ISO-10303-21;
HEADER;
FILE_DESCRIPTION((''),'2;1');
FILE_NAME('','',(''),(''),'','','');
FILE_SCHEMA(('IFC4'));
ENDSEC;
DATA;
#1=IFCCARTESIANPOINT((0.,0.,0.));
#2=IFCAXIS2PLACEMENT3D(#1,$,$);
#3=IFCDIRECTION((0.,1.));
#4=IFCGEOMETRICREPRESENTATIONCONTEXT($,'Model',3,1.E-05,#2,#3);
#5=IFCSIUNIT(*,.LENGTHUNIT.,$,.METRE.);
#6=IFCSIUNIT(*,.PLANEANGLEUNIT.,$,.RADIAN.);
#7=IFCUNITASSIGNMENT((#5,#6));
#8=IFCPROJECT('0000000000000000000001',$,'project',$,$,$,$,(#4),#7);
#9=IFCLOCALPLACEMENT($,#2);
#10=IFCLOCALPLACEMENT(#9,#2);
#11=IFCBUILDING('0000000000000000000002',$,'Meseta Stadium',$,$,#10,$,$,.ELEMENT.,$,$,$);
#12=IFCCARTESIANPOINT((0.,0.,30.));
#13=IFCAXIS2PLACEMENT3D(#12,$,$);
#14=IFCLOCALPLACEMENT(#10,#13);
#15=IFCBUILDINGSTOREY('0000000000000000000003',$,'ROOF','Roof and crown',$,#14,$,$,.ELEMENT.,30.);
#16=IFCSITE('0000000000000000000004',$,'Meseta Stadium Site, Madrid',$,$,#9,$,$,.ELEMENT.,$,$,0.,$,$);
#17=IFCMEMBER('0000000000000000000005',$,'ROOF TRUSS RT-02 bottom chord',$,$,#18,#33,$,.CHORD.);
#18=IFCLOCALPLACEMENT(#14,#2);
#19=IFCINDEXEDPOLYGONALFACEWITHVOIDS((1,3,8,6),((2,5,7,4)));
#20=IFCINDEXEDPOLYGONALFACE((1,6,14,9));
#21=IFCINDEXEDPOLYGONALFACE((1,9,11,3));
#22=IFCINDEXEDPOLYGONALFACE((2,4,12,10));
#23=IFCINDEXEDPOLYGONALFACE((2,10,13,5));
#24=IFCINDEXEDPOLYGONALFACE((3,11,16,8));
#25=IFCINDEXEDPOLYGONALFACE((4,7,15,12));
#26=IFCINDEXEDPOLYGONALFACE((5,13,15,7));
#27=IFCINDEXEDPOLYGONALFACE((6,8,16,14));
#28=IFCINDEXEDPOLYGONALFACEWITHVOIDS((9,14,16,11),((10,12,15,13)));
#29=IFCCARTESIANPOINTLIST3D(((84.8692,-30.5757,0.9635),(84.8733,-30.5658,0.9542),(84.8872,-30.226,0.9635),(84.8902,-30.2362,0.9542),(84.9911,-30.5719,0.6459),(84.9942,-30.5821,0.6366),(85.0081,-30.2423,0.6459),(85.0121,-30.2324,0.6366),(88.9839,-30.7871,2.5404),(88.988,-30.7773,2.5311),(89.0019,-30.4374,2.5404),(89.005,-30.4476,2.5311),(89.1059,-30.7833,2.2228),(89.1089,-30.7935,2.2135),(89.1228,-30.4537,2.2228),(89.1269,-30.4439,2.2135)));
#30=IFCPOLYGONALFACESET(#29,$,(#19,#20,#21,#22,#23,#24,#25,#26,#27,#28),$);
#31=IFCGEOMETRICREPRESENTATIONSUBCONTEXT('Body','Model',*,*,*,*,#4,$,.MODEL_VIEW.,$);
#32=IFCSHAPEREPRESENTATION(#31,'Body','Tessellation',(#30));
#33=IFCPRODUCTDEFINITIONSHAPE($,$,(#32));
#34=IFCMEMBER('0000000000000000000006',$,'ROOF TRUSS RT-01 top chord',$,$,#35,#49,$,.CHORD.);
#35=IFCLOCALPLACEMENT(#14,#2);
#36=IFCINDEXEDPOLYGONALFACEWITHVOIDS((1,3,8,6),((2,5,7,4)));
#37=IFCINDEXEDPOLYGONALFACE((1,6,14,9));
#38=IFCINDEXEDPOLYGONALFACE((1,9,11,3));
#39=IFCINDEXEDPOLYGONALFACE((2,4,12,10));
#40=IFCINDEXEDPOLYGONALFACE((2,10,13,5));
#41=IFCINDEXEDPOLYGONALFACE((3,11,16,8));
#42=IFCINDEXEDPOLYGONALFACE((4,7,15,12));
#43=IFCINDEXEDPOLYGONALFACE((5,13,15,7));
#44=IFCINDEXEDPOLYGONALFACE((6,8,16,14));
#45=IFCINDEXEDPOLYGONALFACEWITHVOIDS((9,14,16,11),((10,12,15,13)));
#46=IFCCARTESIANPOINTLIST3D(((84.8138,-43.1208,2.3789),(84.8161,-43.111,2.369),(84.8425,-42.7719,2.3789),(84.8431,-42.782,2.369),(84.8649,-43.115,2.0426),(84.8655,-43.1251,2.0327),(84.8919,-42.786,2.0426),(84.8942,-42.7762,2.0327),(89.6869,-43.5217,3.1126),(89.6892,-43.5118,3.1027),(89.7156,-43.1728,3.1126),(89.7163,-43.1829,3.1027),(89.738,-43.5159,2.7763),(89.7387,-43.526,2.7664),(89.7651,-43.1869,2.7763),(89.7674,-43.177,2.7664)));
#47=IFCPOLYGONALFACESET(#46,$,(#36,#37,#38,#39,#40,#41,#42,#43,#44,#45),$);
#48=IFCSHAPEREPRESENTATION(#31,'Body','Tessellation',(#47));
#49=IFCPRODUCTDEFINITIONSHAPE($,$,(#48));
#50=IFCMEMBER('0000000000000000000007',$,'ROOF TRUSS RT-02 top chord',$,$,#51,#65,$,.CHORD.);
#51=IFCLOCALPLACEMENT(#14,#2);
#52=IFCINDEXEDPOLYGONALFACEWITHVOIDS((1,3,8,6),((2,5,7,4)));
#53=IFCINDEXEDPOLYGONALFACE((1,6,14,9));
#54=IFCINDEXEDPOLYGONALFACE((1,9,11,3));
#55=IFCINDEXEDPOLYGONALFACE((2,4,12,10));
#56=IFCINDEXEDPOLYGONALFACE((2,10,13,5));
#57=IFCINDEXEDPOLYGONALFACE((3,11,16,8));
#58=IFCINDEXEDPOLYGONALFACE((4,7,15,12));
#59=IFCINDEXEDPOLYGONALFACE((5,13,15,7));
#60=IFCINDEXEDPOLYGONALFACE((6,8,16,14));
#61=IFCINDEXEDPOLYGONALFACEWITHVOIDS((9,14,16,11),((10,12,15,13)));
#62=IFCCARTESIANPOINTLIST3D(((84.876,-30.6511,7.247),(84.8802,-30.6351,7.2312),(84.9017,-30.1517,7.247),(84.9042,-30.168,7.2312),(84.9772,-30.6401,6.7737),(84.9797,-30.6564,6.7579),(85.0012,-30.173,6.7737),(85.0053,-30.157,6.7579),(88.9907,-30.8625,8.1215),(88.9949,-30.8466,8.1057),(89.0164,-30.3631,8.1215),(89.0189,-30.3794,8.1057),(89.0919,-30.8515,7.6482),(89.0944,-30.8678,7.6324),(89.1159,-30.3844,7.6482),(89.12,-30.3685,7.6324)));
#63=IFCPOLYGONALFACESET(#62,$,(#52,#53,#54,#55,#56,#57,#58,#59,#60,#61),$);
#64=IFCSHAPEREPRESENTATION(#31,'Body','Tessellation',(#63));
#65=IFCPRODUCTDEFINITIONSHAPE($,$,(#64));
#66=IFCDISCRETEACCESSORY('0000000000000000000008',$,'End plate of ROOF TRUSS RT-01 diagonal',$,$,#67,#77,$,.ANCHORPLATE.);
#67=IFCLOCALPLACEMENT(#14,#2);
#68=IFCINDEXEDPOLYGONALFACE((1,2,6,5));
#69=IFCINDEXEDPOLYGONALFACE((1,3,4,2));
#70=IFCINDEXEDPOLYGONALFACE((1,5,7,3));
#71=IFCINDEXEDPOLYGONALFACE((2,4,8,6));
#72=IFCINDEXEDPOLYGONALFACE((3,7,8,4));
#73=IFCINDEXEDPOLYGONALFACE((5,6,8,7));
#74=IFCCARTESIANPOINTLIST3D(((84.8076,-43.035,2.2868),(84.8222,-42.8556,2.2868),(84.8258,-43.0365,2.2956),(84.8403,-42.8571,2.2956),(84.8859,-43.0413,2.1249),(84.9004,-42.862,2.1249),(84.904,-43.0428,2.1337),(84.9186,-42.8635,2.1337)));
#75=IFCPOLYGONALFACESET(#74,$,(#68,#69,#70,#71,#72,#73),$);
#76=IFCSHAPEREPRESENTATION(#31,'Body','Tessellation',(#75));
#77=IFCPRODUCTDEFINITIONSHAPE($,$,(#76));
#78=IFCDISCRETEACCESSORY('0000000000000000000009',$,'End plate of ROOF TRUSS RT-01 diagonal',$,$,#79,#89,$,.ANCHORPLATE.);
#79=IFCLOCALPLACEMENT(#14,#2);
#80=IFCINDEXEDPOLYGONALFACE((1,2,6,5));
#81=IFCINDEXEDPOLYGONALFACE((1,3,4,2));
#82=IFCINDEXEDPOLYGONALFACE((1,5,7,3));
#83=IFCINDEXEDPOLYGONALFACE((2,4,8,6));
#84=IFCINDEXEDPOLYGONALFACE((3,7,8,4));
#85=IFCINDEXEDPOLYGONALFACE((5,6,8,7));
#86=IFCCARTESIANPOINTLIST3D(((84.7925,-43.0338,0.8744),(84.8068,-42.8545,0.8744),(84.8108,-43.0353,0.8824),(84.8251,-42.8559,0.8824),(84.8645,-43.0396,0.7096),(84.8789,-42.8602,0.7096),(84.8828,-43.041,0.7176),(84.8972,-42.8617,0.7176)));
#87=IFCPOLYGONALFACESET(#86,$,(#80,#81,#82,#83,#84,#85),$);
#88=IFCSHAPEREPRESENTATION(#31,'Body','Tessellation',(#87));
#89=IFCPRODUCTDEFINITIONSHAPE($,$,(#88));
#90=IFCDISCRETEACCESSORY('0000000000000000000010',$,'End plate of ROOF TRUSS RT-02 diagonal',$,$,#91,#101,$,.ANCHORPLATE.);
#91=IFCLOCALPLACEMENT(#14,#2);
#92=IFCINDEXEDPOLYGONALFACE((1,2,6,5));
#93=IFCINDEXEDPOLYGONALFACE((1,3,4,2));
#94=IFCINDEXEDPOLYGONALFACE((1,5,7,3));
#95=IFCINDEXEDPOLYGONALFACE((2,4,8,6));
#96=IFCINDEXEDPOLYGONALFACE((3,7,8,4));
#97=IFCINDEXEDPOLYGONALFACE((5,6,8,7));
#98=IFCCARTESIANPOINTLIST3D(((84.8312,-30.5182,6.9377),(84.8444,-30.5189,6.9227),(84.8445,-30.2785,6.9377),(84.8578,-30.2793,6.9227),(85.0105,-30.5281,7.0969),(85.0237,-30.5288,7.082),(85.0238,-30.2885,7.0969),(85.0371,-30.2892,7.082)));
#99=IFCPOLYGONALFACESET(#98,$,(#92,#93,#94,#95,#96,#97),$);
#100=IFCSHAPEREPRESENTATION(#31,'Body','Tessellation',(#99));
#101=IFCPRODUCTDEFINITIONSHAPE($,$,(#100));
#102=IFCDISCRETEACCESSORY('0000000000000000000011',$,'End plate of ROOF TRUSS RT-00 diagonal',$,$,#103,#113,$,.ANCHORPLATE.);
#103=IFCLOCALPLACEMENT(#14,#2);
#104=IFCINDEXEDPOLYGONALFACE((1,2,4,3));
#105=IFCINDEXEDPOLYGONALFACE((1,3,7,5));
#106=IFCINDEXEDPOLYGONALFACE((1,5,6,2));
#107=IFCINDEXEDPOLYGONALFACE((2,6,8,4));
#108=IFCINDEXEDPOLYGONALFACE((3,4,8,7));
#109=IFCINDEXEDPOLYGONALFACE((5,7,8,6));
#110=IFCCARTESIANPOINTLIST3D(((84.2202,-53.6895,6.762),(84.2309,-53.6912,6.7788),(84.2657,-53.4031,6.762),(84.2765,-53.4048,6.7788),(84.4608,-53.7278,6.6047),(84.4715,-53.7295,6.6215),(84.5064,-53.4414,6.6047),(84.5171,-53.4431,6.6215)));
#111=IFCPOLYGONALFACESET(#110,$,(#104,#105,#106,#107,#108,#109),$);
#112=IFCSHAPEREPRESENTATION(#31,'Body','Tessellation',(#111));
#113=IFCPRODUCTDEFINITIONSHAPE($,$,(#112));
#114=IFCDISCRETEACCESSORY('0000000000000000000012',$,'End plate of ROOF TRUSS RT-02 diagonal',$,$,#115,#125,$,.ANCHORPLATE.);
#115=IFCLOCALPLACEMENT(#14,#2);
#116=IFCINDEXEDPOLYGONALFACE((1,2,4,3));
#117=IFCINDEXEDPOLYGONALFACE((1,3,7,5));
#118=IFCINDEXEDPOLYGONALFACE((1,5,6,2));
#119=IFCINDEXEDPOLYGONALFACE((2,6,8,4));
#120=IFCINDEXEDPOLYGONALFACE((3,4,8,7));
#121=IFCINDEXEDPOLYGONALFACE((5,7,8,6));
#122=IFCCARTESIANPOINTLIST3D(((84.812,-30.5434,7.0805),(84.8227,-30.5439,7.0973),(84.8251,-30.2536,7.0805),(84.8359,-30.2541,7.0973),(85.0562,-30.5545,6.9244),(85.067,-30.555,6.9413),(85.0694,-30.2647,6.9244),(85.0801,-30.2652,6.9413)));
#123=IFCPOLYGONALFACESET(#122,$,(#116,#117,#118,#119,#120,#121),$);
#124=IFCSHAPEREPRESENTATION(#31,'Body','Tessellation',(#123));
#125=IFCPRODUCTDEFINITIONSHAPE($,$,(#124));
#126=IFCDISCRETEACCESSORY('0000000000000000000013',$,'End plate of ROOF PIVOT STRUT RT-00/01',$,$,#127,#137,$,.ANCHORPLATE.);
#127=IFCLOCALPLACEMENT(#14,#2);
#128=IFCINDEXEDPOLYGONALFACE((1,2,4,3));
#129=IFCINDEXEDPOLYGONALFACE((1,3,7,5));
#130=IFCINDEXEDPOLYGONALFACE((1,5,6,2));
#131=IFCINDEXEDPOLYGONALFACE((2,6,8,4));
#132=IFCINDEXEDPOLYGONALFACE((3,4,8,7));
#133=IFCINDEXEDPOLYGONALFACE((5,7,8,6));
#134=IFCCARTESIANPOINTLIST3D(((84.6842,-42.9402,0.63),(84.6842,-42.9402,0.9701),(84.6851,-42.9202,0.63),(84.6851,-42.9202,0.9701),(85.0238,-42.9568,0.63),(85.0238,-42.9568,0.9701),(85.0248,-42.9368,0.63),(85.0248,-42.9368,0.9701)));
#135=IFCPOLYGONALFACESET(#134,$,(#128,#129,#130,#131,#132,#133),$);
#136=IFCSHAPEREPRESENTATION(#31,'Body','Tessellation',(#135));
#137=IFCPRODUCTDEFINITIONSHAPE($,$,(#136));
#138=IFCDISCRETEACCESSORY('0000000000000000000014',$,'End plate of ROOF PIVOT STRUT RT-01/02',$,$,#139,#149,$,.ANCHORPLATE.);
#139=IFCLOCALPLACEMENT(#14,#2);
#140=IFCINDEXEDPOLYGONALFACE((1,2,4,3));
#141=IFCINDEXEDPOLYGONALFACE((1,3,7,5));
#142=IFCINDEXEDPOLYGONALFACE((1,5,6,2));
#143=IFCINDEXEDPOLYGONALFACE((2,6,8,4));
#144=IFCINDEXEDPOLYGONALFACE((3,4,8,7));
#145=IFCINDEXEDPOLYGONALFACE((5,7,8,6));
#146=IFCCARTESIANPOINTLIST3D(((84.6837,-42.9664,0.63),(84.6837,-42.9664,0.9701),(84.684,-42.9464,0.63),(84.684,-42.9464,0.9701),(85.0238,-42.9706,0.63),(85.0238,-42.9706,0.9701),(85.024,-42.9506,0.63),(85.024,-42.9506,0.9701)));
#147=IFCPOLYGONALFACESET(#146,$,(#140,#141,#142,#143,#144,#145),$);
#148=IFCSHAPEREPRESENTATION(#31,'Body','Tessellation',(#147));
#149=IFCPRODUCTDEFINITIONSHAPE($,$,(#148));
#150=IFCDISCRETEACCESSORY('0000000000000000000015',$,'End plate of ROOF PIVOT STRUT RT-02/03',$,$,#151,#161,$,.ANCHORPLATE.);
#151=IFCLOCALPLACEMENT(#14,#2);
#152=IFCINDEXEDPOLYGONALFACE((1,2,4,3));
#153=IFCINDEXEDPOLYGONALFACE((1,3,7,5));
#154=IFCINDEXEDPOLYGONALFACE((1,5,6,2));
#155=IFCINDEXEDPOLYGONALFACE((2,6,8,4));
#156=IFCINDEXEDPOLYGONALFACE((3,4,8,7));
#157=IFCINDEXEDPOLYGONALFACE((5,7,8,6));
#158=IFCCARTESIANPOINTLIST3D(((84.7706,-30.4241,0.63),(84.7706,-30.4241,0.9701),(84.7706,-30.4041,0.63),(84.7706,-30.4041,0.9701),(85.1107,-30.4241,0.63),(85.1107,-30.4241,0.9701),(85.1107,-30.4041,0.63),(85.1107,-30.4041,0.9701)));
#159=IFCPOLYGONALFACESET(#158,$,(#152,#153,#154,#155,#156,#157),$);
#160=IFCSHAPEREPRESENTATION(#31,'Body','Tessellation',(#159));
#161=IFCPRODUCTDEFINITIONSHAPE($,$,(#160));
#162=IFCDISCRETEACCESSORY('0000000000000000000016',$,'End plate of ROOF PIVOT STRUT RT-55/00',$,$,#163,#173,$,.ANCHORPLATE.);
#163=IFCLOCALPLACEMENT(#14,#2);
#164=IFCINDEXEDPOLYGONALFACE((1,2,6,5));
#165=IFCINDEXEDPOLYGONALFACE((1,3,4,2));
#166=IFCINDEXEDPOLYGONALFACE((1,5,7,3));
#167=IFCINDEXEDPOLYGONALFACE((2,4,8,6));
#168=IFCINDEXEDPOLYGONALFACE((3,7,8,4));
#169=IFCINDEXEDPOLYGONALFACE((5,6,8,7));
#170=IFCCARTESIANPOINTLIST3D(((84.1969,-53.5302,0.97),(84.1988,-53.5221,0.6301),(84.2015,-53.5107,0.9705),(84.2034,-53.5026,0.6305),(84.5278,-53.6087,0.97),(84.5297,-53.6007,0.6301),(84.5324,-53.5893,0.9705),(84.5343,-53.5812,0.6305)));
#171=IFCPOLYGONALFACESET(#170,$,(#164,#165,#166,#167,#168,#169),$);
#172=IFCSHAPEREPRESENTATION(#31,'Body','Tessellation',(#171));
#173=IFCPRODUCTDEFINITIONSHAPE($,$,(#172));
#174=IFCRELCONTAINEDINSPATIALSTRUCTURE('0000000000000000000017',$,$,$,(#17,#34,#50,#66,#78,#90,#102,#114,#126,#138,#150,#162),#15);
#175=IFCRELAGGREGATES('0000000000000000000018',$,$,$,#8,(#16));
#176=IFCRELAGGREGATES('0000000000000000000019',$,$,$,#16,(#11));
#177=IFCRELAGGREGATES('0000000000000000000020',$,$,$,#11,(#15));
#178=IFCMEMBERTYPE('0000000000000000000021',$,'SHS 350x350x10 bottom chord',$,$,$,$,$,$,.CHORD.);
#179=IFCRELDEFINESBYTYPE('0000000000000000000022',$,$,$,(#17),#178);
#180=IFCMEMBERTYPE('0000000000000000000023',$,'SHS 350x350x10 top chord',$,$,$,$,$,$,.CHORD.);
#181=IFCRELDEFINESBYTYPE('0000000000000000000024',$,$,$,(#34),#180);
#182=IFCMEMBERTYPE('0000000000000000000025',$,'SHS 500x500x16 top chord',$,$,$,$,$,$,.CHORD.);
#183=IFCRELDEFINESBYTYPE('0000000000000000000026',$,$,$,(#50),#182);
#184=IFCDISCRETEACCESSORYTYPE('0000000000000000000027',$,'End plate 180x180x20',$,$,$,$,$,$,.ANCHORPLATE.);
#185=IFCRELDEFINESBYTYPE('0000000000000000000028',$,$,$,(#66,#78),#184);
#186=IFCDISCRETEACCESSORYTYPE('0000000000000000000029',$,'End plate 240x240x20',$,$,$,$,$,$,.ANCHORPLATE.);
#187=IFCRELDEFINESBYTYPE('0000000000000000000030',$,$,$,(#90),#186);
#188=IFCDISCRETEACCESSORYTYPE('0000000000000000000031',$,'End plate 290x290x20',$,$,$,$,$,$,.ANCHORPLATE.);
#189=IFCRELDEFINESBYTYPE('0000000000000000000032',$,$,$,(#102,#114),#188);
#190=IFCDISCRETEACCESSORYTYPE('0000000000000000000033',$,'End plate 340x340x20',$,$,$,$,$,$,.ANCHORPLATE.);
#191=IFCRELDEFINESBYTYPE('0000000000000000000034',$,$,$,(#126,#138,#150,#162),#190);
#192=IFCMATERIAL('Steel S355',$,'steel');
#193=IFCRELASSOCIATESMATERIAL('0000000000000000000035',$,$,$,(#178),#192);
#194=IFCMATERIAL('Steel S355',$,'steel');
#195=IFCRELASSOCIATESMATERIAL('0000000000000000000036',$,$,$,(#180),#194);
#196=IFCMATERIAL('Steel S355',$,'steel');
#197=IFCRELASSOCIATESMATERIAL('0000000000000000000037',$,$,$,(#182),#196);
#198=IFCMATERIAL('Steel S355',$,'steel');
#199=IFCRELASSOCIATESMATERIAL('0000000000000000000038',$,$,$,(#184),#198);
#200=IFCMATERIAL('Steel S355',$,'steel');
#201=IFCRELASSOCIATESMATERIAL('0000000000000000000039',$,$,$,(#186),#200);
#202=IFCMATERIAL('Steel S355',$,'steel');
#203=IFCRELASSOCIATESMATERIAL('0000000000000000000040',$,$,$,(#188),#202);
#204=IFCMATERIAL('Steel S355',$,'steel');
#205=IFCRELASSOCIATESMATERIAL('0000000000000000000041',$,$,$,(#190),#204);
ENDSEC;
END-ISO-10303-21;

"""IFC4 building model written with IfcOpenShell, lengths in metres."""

from ifc_helpers import new_model, si_unit, direction, frame, origin, origin_2d, place, context, subcontext, project, spatial, rectangle, hollow_rectangle, extrude, material, material_profile, profile_set, type_object, element, save


model = new_model("IFC4")

# Units and contexts
model_context = context("Model", 3, precision=1e-05, world=origin(), true_north=direction((0.0, 1.0)))
body_context = subcontext(model_context, "Body", "Model", "MODEL_VIEW")
ifc_project = project(units=[si_unit("LENGTHUNIT", "METRE"), si_unit("PLANEANGLEUNIT", "RADIAN")], contexts=[model_context])

# Site, building, storey
site_placement = place(None, origin())
site = spatial("IfcSite", under=ifc_project, at=site_placement, Name="Meseta Stadium Site, Madrid", CompositionType="ELEMENT", RefElevation=0.0)
building_placement = place(site_placement, origin())
building = spatial("IfcBuilding", under=site, at=building_placement, Name="Meseta Stadium", CompositionType="ELEMENT")
storey_placement = place(building_placement, frame((0.0, 0.0, 30.0)))
storey = spatial("IfcBuildingStorey", under=building, at=storey_placement, Name="ROOF", Description="Roof and crown", CompositionType="ELEMENT", Elevation=30.0)

# Members
ifc_material_1 = material(Name="Steel S355", Category="steel")
ifc_material_profile_1 = material_profile(ifc_material_1, hollow_rectangle(XDim=0.3501, YDim=0.3501, WallThickness=0.01, at=origin_2d()), Name="SHS 350x350x10")
ifc_profile_set_1 = profile_set([ifc_material_profile_1], Name="Steel S355")
member_type_1 = type_object("IfcMemberType", Name="SHS 350x350x10 bottom chord", PredefinedType="CHORD", material=ifc_profile_set_1)
member_1_placement = place(storey_placement, frame((84.9407, -30.4041, 0.8), z_axis=(0.932705, -0.047925, 0.357443), x_axis=(0.051315, 0.998683, 0.0)))
element("IfcMember", 1, at=member_1_placement, inside=storey, type_object=member_type_1, Name="ROOF TRUSS RT-02 bottom chord", PredefinedType="CHORD", context=body_context, shape_type="SweptSolid", body=[
    extrude(hollow_rectangle(XDim=0.3501, YDim=0.3501, WallThickness=0.01, at=origin_2d()), origin(), (0.0, 0.0, 1.0), 4.4116),
])
ifc_material_2 = material(Name="Steel S355", Category="steel")
ifc_material_profile_2 = material_profile(ifc_material_2, hollow_rectangle(XDim=0.3501, YDim=0.3501, WallThickness=0.01, at=origin_2d()), Name="SHS 350x350x10")
ifc_profile_set_2 = profile_set([ifc_material_profile_2], Name="Steel S355")
member_type_2 = type_object("IfcMemberType", Name="SHS 350x350x10 top chord", PredefinedType="CHORD", material=ifc_profile_set_2)
member_2_placement = place(storey_placement, frame((84.854, -42.9485, 2.2058), z_axis=(0.985601, -0.08108, 0.148383), x_axis=(0.081988, 0.996633, 0.0)))
element("IfcMember", 2, at=member_2_placement, inside=storey, type_object=member_type_2, Name="ROOF TRUSS RT-01 top chord", PredefinedType="CHORD", context=body_context, shape_type="SweptSolid", body=[
    extrude(hollow_rectangle(XDim=0.3501, YDim=0.3501, WallThickness=0.01, at=origin_2d()), origin(), (0.0, 0.0, 1.0), 4.9443),
])
ifc_material_3 = material(Name="Steel S355", Category="steel")
ifc_material_profile_3 = material_profile(ifc_material_3, hollow_rectangle(XDim=0.5, YDim=0.5, WallThickness=0.0161, at=origin_2d()), Name="SHS 500x500x16")
ifc_profile_set_3 = profile_set([ifc_material_profile_3], Name="Steel S355")
member_type_3 = type_object("IfcMemberType", Name="SHS 500x500x16 top chord", PredefinedType="CHORD", material=ifc_profile_set_3)
member_3_placement = place(storey_placement, frame((84.9407, -30.4041, 7.0024), z_axis=(0.97692, -0.050197, 0.207626), x_axis=(0.051315, 0.998683, 0.0)))
element("IfcMember", 3, at=member_3_placement, inside=storey, type_object=member_type_3, Name="ROOF TRUSS RT-02 top chord", PredefinedType="CHORD", context=body_context, shape_type="SweptSolid", body=[
    extrude(hollow_rectangle(XDim=0.5, YDim=0.5, WallThickness=0.0161, at=origin_2d()), origin(), (0.0, 0.0, 1.0), 4.2119),
])

# Discrete accessories
ifc_material_4 = material(Name="Steel S355", Category="steel")
ifc_material_profile_4 = material_profile(ifc_material_4, rectangle(XDim=0.1799, YDim=0.1799, at=origin_2d()), Name="PL 180x180")
ifc_profile_set_4 = profile_set([ifc_material_profile_4], Name="Steel S355")
discrete_accessory_type_1 = type_object("IfcDiscreteAccessoryType", Name="End plate 180x180x20", PredefinedType="ANCHORPLATE", material=ifc_profile_set_4)
discrete_accessory_1_placement = place(storey_placement, frame((84.854, -42.9485, 2.2058), z_axis=(0.896854, -0.072718, 0.436308), x_axis=(0.080816, 0.996729, 0.0)))
element("IfcDiscreteAccessory", 4, at=discrete_accessory_1_placement, inside=storey, type_object=discrete_accessory_type_1, Name="End plate of ROOF TRUSS RT-01 diagonal", PredefinedType="ANCHORPLATE", context=body_context, shape_type="SweptSolid", body=[
    extrude(rectangle(XDim=0.1799, YDim=0.1799, at=origin_2d()), origin(), (0.0, 0.0, 1.0), 0.0203),
])
discrete_accessory_2_placement = place(storey_placement, frame((84.8357, -42.947, 0.792), z_axis=(0.912871, -0.07303, 0.401663), x_axis=(0.079745, 0.996815, 0.0)))
element("IfcDiscreteAccessory", 5, at=discrete_accessory_2_placement, inside=storey, type_object=discrete_accessory_type_1, Name="End plate of ROOF TRUSS RT-01 diagonal", PredefinedType="ANCHORPLATE", context=body_context, shape_type="SweptSolid", body=[
    extrude(rectangle(XDim=0.1799, YDim=0.1799, at=origin_2d()), origin(), (0.0, 0.0, 1.0), 0.02),
])
ifc_material_5 = material(Name="Steel S355", Category="steel")
ifc_material_profile_5 = material_profile(ifc_material_5, rectangle(XDim=0.24, YDim=0.24, at=origin_2d()), Name="PL 240x240")
ifc_profile_set_5 = profile_set([ifc_material_profile_5], Name="Steel S355")
discrete_accessory_type_2 = type_object("IfcDiscreteAccessoryType", Name="End plate 240x240x20", PredefinedType="ANCHORPLATE", material=ifc_profile_set_5)
discrete_accessory_3_placement = place(storey_placement, frame((84.9275, -30.4033, 7.0173), z_axis=(0.66239, -0.036799, -0.748255), x_axis=(0.05547, 0.99846, 0.0)))
element("IfcDiscreteAccessory", 6, at=discrete_accessory_3_placement, inside=storey, type_object=discrete_accessory_type_2, Name="End plate of ROOF TRUSS RT-02 diagonal", PredefinedType="ANCHORPLATE", context=body_context, shape_type="SweptSolid", body=[
    extrude(rectangle(XDim=0.24, YDim=0.24, at=origin_2d()), origin(), (0.0, 0.0, 1.0), 0.02),
])
ifc_material_6 = material(Name="Steel S355", Category="steel")
ifc_material_profile_6 = material_profile(ifc_material_6, rectangle(XDim=0.29, YDim=0.29, at=origin_2d()), Name="PL 290x290")
ifc_profile_set_6 = profile_set([ifc_material_profile_6], Name="Steel S355")
discrete_accessory_type_3 = type_object("IfcDiscreteAccessoryType", Name="End plate 290x290x20", PredefinedType="ANCHORPLATE", material=ifc_profile_set_6)
for number, where, z_axis, x_axis, name in (
    (7, (84.3633, -53.5654, 6.6833), (0.53571, -0.085227, 0.84009), (0.157115, 0.98758, 0.0), "End plate of ROOF TRUSS RT-00 diagonal"),
    (8, (84.9407, -30.4041, 7.0024), (0.537505, -0.024432, 0.842906), (0.045408, 0.998969, 0.0), "End plate of ROOF TRUSS RT-02 diagonal"),
):
    element("IfcDiscreteAccessory", number, at=place(storey_placement, frame(where, z_axis=z_axis, x_axis=x_axis)), inside=storey, type_object=discrete_accessory_type_3, Name=name, PredefinedType="ANCHORPLATE", context=body_context, shape_type="SweptSolid", body=[
        extrude(rectangle(XDim=0.29, YDim=0.29, at=origin_2d()), origin(), (0.0, 0.0, 1.0), 0.02),
    ])
ifc_material_7 = material(Name="Steel S355", Category="steel")
ifc_material_profile_7 = material_profile(ifc_material_7, rectangle(XDim=0.3401, YDim=0.3401, at=origin_2d()), Name="PL 340x340")
ifc_profile_set_7 = profile_set([ifc_material_profile_7], Name="Steel S355")
discrete_accessory_type_4 = type_object("IfcDiscreteAccessoryType", Name="End plate 340x340x20", PredefinedType="ANCHORPLATE", material=ifc_profile_set_7)
for number, where, z_axis, x_axis, name in (
    (9, (84.854, -42.9485, 0.8), (0.048723, 0.998812, 0.0), (-0.998812, 0.048723, 0.0), "End plate of ROOF PIVOT STRUT RT-00/01"),
    (10, (84.8538, -42.9685, 0.8), (0.012194, 0.999926, 0.0), (-0.999926, 0.012194, 0.0), "End plate of ROOF PIVOT STRUT RT-01/02"),
    (11, (84.9407, -30.4241, 0.8), (0.0, 1.0, 0.0), (-1.0, 0.0, 0.0), "End plate of ROOF PIVOT STRUT RT-02/03"),
    (12, (84.3633, -53.5654, 0.8), (0.231004, 0.972649, 0.024316), (-0.972937, 0.231072, 0.0), "End plate of ROOF PIVOT STRUT RT-55/00"),
):
    element("IfcDiscreteAccessory", number, at=place(storey_placement, frame(where, z_axis=z_axis, x_axis=x_axis)), inside=storey, type_object=discrete_accessory_type_4, Name=name, PredefinedType="ANCHORPLATE", context=body_context, shape_type="SweptSolid", body=[
        extrude(rectangle(XDim=0.3401, YDim=0.3401, at=origin_2d()), origin(), (0.0, 0.0, 1.0), 0.02),
    ])

save(model, "model.ifc")
